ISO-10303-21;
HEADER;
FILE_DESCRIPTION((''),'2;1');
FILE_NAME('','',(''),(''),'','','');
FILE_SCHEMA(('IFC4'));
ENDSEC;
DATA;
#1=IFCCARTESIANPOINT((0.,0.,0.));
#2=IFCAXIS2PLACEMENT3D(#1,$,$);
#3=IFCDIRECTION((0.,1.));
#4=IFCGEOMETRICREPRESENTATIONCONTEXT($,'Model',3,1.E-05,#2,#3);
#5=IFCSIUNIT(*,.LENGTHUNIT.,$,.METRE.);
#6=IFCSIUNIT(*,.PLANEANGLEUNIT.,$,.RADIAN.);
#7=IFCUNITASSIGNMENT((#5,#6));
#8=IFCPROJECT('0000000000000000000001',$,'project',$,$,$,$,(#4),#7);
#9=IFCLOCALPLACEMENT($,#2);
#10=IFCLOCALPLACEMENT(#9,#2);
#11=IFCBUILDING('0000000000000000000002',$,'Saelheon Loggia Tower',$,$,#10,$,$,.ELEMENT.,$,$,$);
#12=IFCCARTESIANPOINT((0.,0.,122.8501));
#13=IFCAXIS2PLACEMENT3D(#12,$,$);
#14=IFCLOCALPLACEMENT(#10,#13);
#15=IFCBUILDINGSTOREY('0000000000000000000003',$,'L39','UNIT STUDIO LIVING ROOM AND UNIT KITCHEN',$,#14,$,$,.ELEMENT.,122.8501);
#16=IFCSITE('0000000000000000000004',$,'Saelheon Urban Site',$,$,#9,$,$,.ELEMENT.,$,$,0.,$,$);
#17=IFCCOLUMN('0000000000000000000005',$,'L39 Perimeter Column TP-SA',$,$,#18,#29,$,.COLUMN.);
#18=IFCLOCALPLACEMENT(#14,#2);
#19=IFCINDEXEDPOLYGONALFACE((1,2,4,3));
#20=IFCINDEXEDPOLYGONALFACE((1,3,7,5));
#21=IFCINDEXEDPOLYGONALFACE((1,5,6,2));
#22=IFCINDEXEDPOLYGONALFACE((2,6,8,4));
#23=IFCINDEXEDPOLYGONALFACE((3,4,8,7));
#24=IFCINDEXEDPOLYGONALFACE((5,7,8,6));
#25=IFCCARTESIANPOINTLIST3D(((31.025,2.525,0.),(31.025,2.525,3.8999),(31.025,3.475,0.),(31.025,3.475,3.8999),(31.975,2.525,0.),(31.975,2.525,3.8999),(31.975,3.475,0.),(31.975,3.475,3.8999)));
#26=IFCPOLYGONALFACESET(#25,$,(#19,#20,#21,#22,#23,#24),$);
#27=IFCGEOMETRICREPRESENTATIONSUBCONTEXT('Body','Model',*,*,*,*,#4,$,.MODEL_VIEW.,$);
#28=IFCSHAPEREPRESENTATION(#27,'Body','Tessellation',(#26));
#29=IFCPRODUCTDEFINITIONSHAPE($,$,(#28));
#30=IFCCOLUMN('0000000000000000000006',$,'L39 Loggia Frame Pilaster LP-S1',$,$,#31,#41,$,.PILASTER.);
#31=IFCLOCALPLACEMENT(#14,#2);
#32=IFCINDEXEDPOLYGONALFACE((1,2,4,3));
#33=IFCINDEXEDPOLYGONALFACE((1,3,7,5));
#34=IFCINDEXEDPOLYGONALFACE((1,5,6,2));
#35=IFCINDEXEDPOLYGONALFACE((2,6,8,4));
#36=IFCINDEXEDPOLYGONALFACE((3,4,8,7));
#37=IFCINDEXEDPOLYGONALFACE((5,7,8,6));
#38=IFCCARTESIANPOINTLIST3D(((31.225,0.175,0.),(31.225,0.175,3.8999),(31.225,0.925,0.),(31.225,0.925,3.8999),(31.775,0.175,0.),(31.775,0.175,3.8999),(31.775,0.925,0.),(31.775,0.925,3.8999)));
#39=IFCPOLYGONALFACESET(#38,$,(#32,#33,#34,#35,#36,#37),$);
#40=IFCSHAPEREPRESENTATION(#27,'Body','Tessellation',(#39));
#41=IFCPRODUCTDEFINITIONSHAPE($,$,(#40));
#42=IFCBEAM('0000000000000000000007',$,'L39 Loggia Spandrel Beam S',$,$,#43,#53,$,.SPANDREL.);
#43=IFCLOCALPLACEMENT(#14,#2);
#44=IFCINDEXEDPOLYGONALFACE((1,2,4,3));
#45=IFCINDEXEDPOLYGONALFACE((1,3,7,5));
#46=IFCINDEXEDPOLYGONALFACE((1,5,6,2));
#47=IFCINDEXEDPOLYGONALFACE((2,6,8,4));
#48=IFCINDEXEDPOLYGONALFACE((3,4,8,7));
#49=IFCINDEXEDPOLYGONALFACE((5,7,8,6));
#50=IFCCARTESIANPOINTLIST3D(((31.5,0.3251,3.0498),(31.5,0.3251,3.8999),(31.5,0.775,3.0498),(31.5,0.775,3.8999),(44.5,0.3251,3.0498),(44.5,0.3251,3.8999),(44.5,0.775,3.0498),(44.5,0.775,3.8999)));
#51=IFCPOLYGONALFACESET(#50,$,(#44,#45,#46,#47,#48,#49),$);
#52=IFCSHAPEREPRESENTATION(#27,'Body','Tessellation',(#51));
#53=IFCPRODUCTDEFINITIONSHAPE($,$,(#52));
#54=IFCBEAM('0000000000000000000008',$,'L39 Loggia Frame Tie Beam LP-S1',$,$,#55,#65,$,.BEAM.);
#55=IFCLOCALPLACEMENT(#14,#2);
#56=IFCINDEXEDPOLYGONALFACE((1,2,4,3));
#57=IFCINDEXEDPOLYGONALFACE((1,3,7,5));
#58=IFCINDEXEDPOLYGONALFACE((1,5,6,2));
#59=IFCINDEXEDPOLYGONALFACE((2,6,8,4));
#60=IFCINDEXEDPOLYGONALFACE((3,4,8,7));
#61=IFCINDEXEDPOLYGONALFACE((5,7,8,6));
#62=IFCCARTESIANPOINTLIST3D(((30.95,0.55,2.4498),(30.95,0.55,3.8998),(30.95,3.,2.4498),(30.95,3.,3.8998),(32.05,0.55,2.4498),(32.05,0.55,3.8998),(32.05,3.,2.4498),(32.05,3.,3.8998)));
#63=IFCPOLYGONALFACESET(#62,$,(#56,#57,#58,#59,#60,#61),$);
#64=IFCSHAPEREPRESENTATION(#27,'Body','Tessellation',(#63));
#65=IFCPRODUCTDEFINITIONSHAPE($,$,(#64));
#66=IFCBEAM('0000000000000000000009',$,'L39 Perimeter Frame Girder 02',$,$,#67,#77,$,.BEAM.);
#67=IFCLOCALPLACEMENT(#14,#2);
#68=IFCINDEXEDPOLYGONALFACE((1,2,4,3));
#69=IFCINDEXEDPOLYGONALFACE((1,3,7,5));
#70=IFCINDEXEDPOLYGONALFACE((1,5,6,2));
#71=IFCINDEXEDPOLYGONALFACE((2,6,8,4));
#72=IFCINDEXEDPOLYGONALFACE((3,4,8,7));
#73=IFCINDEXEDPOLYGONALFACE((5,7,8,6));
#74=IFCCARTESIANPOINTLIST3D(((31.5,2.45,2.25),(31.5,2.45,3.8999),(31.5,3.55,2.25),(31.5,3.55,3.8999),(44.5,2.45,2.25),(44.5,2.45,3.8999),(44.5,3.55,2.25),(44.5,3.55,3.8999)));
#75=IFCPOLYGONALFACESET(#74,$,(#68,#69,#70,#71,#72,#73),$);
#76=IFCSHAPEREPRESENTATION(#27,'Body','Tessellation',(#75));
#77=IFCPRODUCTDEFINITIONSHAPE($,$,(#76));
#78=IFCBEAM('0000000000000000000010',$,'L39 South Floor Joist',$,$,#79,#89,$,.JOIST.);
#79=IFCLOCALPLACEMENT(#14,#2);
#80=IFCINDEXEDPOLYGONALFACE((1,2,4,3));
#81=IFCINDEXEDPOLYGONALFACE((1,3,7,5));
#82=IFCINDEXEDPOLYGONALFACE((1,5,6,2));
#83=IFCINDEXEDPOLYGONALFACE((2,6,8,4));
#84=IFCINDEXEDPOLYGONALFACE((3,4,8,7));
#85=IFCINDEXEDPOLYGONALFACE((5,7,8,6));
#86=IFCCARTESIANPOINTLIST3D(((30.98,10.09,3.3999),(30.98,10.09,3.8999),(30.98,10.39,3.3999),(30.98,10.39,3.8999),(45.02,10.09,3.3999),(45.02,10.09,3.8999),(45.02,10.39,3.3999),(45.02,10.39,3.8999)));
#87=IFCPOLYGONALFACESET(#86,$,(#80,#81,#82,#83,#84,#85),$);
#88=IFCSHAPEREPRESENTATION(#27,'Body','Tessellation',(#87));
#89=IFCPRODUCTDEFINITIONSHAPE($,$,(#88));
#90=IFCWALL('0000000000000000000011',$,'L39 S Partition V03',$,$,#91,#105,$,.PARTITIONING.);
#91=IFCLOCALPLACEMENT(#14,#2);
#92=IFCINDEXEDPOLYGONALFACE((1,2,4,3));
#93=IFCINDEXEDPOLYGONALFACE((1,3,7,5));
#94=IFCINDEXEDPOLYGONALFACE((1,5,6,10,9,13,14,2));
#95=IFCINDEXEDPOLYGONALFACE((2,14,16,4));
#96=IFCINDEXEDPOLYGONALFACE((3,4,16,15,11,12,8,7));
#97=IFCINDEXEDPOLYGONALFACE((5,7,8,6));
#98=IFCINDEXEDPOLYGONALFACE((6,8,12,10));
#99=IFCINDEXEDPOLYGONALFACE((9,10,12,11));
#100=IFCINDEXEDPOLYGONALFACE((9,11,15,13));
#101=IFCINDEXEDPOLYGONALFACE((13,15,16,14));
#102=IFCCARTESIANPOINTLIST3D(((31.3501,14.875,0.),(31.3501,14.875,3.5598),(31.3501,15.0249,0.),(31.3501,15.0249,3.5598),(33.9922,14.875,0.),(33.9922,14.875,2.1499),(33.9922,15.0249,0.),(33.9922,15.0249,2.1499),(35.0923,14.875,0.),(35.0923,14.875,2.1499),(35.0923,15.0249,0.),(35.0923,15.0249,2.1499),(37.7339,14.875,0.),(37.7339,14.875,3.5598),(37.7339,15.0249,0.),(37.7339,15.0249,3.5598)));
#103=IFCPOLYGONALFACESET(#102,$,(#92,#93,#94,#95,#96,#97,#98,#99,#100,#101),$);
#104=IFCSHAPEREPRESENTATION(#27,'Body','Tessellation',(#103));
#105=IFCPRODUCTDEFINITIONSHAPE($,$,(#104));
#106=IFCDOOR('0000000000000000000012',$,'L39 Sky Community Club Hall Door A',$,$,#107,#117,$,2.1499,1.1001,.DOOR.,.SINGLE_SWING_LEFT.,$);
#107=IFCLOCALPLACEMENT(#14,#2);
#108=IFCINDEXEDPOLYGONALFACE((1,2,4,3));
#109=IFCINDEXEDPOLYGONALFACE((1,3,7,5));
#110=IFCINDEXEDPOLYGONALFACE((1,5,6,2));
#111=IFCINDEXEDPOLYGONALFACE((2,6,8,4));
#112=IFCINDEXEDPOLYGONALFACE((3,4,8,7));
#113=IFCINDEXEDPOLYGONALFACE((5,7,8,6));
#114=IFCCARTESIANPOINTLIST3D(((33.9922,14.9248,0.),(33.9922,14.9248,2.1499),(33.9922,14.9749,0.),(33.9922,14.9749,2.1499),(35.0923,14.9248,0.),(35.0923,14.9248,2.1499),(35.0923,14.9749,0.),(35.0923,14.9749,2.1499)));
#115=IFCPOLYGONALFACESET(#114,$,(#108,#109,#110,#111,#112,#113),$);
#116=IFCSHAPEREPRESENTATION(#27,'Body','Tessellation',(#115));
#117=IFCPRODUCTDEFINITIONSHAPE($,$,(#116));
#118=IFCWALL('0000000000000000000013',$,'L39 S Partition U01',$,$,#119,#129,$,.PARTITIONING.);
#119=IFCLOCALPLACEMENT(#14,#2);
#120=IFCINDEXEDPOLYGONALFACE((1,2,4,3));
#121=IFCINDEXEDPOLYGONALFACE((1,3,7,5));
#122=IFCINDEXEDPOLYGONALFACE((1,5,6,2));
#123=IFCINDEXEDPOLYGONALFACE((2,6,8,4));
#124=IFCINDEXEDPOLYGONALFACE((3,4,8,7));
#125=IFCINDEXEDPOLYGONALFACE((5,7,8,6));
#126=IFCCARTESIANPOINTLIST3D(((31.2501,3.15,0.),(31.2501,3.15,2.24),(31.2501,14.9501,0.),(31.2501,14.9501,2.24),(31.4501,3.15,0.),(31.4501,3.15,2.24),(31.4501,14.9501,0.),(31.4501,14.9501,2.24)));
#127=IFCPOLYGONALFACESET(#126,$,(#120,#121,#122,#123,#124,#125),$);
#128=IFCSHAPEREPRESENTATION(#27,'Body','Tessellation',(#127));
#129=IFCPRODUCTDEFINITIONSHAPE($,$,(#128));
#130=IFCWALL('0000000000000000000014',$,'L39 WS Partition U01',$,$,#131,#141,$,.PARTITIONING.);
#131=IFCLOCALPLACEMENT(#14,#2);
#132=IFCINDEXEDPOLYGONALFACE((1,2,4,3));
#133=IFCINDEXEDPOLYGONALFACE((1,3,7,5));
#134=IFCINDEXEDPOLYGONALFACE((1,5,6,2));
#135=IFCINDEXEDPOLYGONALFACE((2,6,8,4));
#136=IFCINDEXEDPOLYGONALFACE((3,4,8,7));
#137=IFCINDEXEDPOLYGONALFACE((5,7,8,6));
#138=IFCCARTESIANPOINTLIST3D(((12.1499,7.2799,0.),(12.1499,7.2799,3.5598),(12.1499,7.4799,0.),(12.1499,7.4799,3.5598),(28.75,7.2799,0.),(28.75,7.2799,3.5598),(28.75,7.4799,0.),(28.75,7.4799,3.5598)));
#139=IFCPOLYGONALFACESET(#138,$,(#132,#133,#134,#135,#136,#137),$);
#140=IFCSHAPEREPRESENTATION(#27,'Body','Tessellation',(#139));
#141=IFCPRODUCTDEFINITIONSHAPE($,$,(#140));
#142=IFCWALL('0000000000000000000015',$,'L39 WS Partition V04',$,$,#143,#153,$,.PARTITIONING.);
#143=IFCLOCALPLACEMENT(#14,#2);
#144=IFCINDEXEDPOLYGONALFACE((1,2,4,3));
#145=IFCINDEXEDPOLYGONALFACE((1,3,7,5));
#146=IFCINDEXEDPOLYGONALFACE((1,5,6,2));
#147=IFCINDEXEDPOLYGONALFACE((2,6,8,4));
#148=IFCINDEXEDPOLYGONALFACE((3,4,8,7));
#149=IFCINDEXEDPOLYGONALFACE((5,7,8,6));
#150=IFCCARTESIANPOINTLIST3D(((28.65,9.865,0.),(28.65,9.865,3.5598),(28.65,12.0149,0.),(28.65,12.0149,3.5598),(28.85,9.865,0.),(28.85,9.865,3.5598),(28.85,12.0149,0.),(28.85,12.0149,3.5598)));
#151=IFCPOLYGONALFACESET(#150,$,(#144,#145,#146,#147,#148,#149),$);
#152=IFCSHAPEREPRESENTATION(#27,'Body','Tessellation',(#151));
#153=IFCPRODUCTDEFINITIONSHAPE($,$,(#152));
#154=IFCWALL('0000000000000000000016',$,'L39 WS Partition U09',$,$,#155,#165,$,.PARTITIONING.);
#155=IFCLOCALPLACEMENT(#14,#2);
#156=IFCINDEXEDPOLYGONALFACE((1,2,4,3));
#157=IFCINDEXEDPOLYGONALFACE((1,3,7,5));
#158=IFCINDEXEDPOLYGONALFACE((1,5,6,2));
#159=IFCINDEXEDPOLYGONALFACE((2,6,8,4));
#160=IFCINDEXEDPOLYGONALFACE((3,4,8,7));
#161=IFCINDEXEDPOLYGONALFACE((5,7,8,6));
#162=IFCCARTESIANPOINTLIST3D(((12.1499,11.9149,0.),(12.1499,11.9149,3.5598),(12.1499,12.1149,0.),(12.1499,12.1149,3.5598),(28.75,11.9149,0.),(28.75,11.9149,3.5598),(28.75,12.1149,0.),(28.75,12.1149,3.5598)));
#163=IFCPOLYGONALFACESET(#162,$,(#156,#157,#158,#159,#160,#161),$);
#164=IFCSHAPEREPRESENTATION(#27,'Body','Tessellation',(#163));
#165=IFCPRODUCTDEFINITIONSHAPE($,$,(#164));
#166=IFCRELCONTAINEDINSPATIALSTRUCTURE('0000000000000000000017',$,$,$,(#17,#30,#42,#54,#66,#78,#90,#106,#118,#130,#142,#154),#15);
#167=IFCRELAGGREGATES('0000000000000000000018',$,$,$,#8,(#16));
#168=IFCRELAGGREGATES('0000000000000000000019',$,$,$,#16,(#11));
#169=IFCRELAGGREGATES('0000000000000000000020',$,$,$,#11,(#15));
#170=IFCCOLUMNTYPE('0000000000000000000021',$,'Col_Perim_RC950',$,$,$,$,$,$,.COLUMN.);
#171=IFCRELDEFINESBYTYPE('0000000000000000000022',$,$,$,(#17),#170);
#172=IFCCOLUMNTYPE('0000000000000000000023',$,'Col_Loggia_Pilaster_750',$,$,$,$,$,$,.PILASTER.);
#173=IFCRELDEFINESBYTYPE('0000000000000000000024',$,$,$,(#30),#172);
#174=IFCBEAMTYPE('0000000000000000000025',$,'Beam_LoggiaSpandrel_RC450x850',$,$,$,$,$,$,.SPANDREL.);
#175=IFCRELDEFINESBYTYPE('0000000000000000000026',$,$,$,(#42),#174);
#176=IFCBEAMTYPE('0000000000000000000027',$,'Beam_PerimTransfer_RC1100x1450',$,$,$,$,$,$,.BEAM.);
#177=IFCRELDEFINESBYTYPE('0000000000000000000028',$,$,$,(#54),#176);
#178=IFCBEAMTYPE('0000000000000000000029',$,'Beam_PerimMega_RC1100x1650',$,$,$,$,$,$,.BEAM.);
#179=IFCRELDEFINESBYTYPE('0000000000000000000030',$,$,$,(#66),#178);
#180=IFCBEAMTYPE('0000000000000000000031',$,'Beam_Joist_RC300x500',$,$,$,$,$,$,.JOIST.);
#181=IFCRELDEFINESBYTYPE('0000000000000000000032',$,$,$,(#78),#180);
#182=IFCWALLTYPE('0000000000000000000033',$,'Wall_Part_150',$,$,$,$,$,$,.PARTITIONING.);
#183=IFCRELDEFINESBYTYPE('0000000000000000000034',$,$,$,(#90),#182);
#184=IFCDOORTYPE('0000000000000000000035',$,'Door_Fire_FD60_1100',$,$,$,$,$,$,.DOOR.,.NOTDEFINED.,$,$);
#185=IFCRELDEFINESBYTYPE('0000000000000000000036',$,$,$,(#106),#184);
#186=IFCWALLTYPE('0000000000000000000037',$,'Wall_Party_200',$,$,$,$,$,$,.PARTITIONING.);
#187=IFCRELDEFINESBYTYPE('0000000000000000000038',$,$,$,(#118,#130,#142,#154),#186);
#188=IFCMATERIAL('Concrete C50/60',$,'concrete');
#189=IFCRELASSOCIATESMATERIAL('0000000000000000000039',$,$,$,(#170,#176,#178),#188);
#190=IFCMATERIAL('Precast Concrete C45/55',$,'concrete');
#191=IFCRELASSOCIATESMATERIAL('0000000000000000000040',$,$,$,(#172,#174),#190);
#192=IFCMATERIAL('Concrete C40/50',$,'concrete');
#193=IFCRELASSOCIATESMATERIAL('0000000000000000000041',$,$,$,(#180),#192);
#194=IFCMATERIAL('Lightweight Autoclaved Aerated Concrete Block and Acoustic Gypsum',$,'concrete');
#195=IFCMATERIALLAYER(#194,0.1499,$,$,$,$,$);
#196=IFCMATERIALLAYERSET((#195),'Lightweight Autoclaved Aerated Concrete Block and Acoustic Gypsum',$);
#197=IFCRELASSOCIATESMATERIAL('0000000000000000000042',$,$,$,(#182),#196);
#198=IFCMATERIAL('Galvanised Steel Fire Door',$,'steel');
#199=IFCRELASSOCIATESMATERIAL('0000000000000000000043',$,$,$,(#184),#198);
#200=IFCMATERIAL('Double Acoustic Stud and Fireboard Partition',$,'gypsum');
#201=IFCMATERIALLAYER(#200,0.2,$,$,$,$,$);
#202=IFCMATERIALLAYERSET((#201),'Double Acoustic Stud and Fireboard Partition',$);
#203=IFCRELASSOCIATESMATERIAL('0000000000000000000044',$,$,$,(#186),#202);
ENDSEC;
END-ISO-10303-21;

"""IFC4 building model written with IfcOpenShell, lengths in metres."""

from ifc_helpers import new_model, si_unit, direction, frame, frame_2d, origin, origin_2d, place, context, subcontext, project, spatial, rectangle, extrude, source, transform, mapped, material, layer, layer_set, material_profile, profile_set, type_object, element, fill, save


model = new_model("IFC4")

# Units and contexts
model_context = context("Model", 3, precision=1e-05, world=origin(), true_north=direction((0.0, 1.0)))
body_context = subcontext(model_context, "Body", "Model", "MODEL_VIEW")
ifc_project = project(units=[si_unit("LENGTHUNIT", "METRE"), si_unit("PLANEANGLEUNIT", "RADIAN")], contexts=[model_context])

# Site, building, storey
site_placement = place(None, origin())
site = spatial("IfcSite", under=ifc_project, at=site_placement, Name="Saelheon Urban Site", CompositionType="ELEMENT", RefElevation=0.0)
building_placement = place(site_placement, origin())
building = spatial("IfcBuilding", under=site, at=building_placement, Name="Saelheon Loggia Tower", CompositionType="ELEMENT")
storey_placement = place(building_placement, frame((0.0, 0.0, 122.8501)))
storey = spatial("IfcBuildingStorey", under=building, at=storey_placement, Name="L39", Description="UNIT STUDIO LIVING ROOM AND UNIT KITCHEN", CompositionType="ELEMENT", Elevation=122.8501)

# Columns
ifc_material_1 = material(Name="Concrete C50/60", Category="concrete")
ifc_material_profile_1 = material_profile(ifc_material_1, rectangle(XDim=0.95, YDim=0.95, at=origin_2d()), Name="RC-950x950")
ifc_profile_set_1 = profile_set([ifc_material_profile_1], Name="Concrete C50/60")
column_type_1 = type_object("IfcColumnType", Name="Col_Perim_RC950", PredefinedType="COLUMN", material=ifc_profile_set_1)
shared_shape_1 = source(origin(), body_context, "Body", "SweptSolid", [
    extrude(rectangle(XDim=0.95, YDim=0.95, at=origin_2d()), origin(), (0.0, 0.0, 1.0), 3.8999),
])
column_1_placement = place(storey_placement, frame((31.5, 3.0, 0.0), z_axis=(0.0, 0.0, 1.0), x_axis=(1.0, 0.0, 0.0)))
element("IfcColumn", 1, at=column_1_placement, inside=storey, type_object=column_type_1, Name="L39 Perimeter Column TP-SA", PredefinedType="COLUMN", context=body_context, shape_type="MappedRepresentation", body=[
    mapped(shared_shape_1, transform((0.0, 0.0, 0.0), scale=1.0)),
])
ifc_material_2 = material(Name="Precast Concrete C45/55", Category="concrete")
ifc_material_profile_2 = material_profile(ifc_material_2, rectangle(XDim=0.55, YDim=0.75, at=origin_2d()), Name="RC-550x750")
ifc_profile_set_2 = profile_set([ifc_material_profile_2], Name="Precast Concrete C45/55")
column_type_2 = type_object("IfcColumnType", Name="Col_Loggia_Pilaster_750", PredefinedType="PILASTER", material=ifc_profile_set_2)
shared_shape_2 = source(origin(), body_context, "Body", "SweptSolid", [
    extrude(rectangle(XDim=0.55, YDim=0.75, at=origin_2d()), origin(), (0.0, 0.0, 1.0), 3.8999),
])
column_2_placement = place(storey_placement, frame((31.5, 0.55, 0.0), z_axis=(0.0, 0.0, 1.0), x_axis=(1.0, 0.0, 0.0)))
element("IfcColumn", 2, at=column_2_placement, inside=storey, type_object=column_type_2, Name="L39 Loggia Frame Pilaster LP-S1", PredefinedType="PILASTER", context=body_context, shape_type="MappedRepresentation", body=[
    mapped(shared_shape_2, transform((0.0, 0.0, 0.0), scale=1.0)),
])

# Beams
ifc_material_profile_3 = material_profile(ifc_material_2, rectangle(XDim=0.45, YDim=0.8501, at=origin_2d()), Name="RC-450x850")
ifc_profile_set_3 = profile_set([ifc_material_profile_3], Name="Precast Concrete C45/55")
beam_type_1 = type_object("IfcBeamType", Name="Beam_LoggiaSpandrel_RC450x850", PredefinedType="SPANDREL", material=ifc_profile_set_3)
shared_shape_3 = source(origin(), body_context, "Body", "SweptSolid", [
    extrude(rectangle(XDim=0.45, YDim=0.8501, at=origin_2d()), origin(), (0.0, 0.0, 1.0), 13.0),
])
beam_1_placement = place(storey_placement, frame((31.5, 0.55, 3.4749), z_axis=(1.0, 0.0, 0.0), x_axis=(0.0, 1.0, 0.0)))
element("IfcBeam", 3, at=beam_1_placement, inside=storey, type_object=beam_type_1, Name="L39 Loggia Spandrel Beam S", PredefinedType="SPANDREL", context=body_context, shape_type="MappedRepresentation", body=[
    mapped(shared_shape_3, transform((0.0, 0.0, 0.0), scale=1.0)),
])
ifc_material_profile_4 = material_profile(ifc_material_1, rectangle(XDim=1.1001, YDim=1.45, at=origin_2d()), Name="RC-1100x1450")
ifc_profile_set_4 = profile_set([ifc_material_profile_4], Name="Concrete C50/60")
beam_type_2 = type_object("IfcBeamType", Name="Beam_PerimTransfer_RC1100x1450", PredefinedType="BEAM", material=ifc_profile_set_4)
shared_shape_4 = source(origin(), body_context, "Body", "SweptSolid", [
    extrude(rectangle(XDim=1.1001, YDim=1.45, at=origin_2d()), origin(), (0.0, 0.0, 1.0), 2.45),
])
beam_2_placement = place(storey_placement, frame((31.5, 3.0, 3.1748), z_axis=(0.0, -1.0, 0.0), x_axis=(1.0, 0.0, 0.0)))
element("IfcBeam", 4, at=beam_2_placement, inside=storey, type_object=beam_type_2, Name="L39 Loggia Frame Tie Beam LP-S1", PredefinedType="BEAM", context=body_context, shape_type="MappedRepresentation", body=[
    mapped(shared_shape_4, transform((0.0, 0.0, 0.0), scale=1.0)),
])
ifc_material_profile_5 = material_profile(ifc_material_1, rectangle(XDim=1.1001, YDim=1.6499, at=origin_2d()), Name="RC-1100x1650")
ifc_profile_set_5 = profile_set([ifc_material_profile_5], Name="Concrete C50/60")
beam_type_3 = type_object("IfcBeamType", Name="Beam_PerimMega_RC1100x1650", PredefinedType="BEAM", material=ifc_profile_set_5)
shared_shape_5 = source(origin(), body_context, "Body", "SweptSolid", [
    extrude(rectangle(XDim=1.1001, YDim=1.6499, at=origin_2d()), origin(), (0.0, 0.0, 1.0), 13.0),
])
beam_3_placement = place(storey_placement, frame((31.5, 3.0, 3.075), z_axis=(1.0, 0.0, 0.0), x_axis=(0.0, 1.0, 0.0)))
element("IfcBeam", 5, at=beam_3_placement, inside=storey, type_object=beam_type_3, Name="L39 Perimeter Frame Girder 02", PredefinedType="BEAM", context=body_context, shape_type="MappedRepresentation", body=[
    mapped(shared_shape_5, transform((0.0, 0.0, 0.0), scale=1.0)),
])
ifc_material_3 = material(Name="Concrete C40/50", Category="concrete")
ifc_material_profile_6 = material_profile(ifc_material_3, rectangle(XDim=0.3, YDim=0.5, at=origin_2d()), Name="RC-300x500")
ifc_profile_set_6 = profile_set([ifc_material_profile_6], Name="Concrete C40/50")
beam_type_4 = type_object("IfcBeamType", Name="Beam_Joist_RC300x500", PredefinedType="JOIST", material=ifc_profile_set_6)
shared_shape_6 = source(origin(), body_context, "Body", "SweptSolid", [
    extrude(rectangle(XDim=0.3, YDim=0.5, at=origin_2d()), origin(), (0.0, 0.0, 1.0), 14.04),
])
beam_4_placement = place(storey_placement, frame((30.98, 10.24, 3.6499), z_axis=(1.0, 0.0, 0.0), x_axis=(0.0, 1.0, 0.0)))
element("IfcBeam", 6, at=beam_4_placement, inside=storey, type_object=beam_type_4, Name="L39 South Floor Joist", PredefinedType="JOIST", context=body_context, shape_type="MappedRepresentation", body=[
    mapped(shared_shape_6, transform((0.0, 0.0, 0.0), scale=1.0)),
])

# Wall, opening, door
ifc_material_4 = material(Name="Lightweight Autoclaved Aerated Concrete Block and Acoustic Gypsum", Category="concrete")
ifc_layer_1 = layer(ifc_material_4, 0.1499)
ifc_layer_set_1 = layer_set([ifc_layer_1], Name="Lightweight Autoclaved Aerated Concrete Block and Acoustic Gypsum")
wall_type_1 = type_object("IfcWallType", Name="Wall_Part_150", PredefinedType="PARTITIONING", material=ifc_layer_set_1)
wall_1_placement = place(storey_placement, frame((31.3501, 14.95, 0.0), z_axis=(0.0, 0.0, 1.0), x_axis=(1.0, 0.0, 0.0)))
wall_1 = element("IfcWall", 7, at=wall_1_placement, inside=storey, type_object=wall_type_1, Name="L39 S Partition V03", PredefinedType="PARTITIONING", context=body_context, shape_type="SweptSolid", body=[
    extrude(rectangle(XDim=6.3838, YDim=0.1499, at=frame_2d((3.1919, 0.0))), origin(), (0.0, 0.0, 1.0), 3.5598),
])
opening_1_placement = place(wall_1_placement, frame((2.6421, 0.0, 0.0)))
opening_1 = element("IfcOpeningElement", 8, at=opening_1_placement, cuts=wall_1, PredefinedType="OPENING", context=body_context, shape_type="SweptSolid", body=[
    extrude(rectangle(XDim=1.1001, YDim=2.1499, at=frame_2d((0.55, 1.075))), frame((0.0, 0.0869, 0.0), z_axis=(0.0, -1.0, 0.0), x_axis=(1.0, 0.0, 0.0)), (0.0, 0.0, 1.0), 0.1738),
])
ifc_material_5 = material(Name="Galvanised Steel Fire Door", Category="steel")
door_type_1 = type_object("IfcDoorType", Name="Door_Fire_FD60_1100", OperationType="NOTDEFINED", PredefinedType="DOOR", material=ifc_material_5)
shared_shape_7 = source(origin(), body_context, "Body", "SweptSolid", [
    extrude(rectangle(XDim=1.1001, YDim=2.1499, at=frame_2d((0.55, 1.075))), frame((0.0, 0.0249, 0.0), z_axis=(0.0, -1.0, 0.0), x_axis=(1.0, 0.0, 0.0)), (0.0, 0.0, 1.0), 0.05),
])
door_1_placement = place(opening_1_placement, origin())
door_1 = element("IfcDoor", 9, at=door_1_placement, inside=storey, type_object=door_type_1, Name="L39 Sky Community Club Hall Door A", OperationType="SINGLE_SWING_LEFT", OverallHeight=2.1499, OverallWidth=1.1001, PredefinedType="DOOR", context=body_context, shape_type="MappedRepresentation", body=[
    mapped(shared_shape_7, transform((0.0, 0.0, 0.0), scale=1.0)),
])
fill(opening_1, door_1)

# Walls
ifc_material_6 = material(Name="Double Acoustic Stud and Fireboard Partition", Category="gypsum")
ifc_layer_2 = layer(ifc_material_6, 0.2)
ifc_layer_set_2 = layer_set([ifc_layer_2], Name="Double Acoustic Stud and Fireboard Partition")
wall_type_2 = type_object("IfcWallType", Name="Wall_Party_200", PredefinedType="PARTITIONING", material=ifc_layer_set_2)
wall_2_placement = place(storey_placement, frame((31.3501, 14.95, 0.0), z_axis=(0.0, 0.0, 1.0), x_axis=(0.0, -1.0, 0.0)))
element("IfcWall", 10, at=wall_2_placement, inside=storey, type_object=wall_type_2, Name="L39 S Partition U01", PredefinedType="PARTITIONING", context=body_context, shape_type="SweptSolid", body=[
    extrude(rectangle(XDim=11.8, YDim=0.2, at=frame_2d((5.8999, 0.0))), origin(), (0.0, 0.0, 1.0), 2.24),
])
wall_3_placement = place(storey_placement, frame((28.75, 7.3799, 0.0), z_axis=(0.0, 0.0, 1.0), x_axis=(-1.0, 0.0, 0.0)))
element("IfcWall", 11, at=wall_3_placement, inside=storey, type_object=wall_type_2, Name="L39 WS Partition U01", PredefinedType="PARTITIONING", context=body_context, shape_type="SweptSolid", body=[
    extrude(rectangle(XDim=16.6001, YDim=0.2, at=frame_2d((8.3, 0.0))), origin(), (0.0, 0.0, 1.0), 3.5598),
])

# Walls
wall_4_placement = place(storey_placement, frame((28.75, 9.865, 0.0), z_axis=(0.0, 0.0, 1.0), x_axis=(0.0, 1.0, 0.0)))
element("IfcWall", 12, at=wall_4_placement, inside=storey, type_object=wall_type_2, Name="L39 WS Partition V04", PredefinedType="PARTITIONING", context=body_context, shape_type="SweptSolid", body=[
    extrude(rectangle(XDim=2.1499, YDim=0.2, at=frame_2d((1.075, 0.0))), origin(), (0.0, 0.0, 1.0), 3.5598),
])
wall_5_placement = place(storey_placement, frame((28.75, 12.0149, 0.0), z_axis=(0.0, 0.0, 1.0), x_axis=(-1.0, 0.0, 0.0)))
element("IfcWall", 13, at=wall_5_placement, inside=storey, type_object=wall_type_2, Name="L39 WS Partition U09", PredefinedType="PARTITIONING", context=body_context, shape_type="SweptSolid", body=[
    extrude(rectangle(XDim=16.6001, YDim=0.2, at=frame_2d((8.3, 0.0))), origin(), (0.0, 0.0, 1.0), 3.5598),
])

save(model, "model.ifc")
